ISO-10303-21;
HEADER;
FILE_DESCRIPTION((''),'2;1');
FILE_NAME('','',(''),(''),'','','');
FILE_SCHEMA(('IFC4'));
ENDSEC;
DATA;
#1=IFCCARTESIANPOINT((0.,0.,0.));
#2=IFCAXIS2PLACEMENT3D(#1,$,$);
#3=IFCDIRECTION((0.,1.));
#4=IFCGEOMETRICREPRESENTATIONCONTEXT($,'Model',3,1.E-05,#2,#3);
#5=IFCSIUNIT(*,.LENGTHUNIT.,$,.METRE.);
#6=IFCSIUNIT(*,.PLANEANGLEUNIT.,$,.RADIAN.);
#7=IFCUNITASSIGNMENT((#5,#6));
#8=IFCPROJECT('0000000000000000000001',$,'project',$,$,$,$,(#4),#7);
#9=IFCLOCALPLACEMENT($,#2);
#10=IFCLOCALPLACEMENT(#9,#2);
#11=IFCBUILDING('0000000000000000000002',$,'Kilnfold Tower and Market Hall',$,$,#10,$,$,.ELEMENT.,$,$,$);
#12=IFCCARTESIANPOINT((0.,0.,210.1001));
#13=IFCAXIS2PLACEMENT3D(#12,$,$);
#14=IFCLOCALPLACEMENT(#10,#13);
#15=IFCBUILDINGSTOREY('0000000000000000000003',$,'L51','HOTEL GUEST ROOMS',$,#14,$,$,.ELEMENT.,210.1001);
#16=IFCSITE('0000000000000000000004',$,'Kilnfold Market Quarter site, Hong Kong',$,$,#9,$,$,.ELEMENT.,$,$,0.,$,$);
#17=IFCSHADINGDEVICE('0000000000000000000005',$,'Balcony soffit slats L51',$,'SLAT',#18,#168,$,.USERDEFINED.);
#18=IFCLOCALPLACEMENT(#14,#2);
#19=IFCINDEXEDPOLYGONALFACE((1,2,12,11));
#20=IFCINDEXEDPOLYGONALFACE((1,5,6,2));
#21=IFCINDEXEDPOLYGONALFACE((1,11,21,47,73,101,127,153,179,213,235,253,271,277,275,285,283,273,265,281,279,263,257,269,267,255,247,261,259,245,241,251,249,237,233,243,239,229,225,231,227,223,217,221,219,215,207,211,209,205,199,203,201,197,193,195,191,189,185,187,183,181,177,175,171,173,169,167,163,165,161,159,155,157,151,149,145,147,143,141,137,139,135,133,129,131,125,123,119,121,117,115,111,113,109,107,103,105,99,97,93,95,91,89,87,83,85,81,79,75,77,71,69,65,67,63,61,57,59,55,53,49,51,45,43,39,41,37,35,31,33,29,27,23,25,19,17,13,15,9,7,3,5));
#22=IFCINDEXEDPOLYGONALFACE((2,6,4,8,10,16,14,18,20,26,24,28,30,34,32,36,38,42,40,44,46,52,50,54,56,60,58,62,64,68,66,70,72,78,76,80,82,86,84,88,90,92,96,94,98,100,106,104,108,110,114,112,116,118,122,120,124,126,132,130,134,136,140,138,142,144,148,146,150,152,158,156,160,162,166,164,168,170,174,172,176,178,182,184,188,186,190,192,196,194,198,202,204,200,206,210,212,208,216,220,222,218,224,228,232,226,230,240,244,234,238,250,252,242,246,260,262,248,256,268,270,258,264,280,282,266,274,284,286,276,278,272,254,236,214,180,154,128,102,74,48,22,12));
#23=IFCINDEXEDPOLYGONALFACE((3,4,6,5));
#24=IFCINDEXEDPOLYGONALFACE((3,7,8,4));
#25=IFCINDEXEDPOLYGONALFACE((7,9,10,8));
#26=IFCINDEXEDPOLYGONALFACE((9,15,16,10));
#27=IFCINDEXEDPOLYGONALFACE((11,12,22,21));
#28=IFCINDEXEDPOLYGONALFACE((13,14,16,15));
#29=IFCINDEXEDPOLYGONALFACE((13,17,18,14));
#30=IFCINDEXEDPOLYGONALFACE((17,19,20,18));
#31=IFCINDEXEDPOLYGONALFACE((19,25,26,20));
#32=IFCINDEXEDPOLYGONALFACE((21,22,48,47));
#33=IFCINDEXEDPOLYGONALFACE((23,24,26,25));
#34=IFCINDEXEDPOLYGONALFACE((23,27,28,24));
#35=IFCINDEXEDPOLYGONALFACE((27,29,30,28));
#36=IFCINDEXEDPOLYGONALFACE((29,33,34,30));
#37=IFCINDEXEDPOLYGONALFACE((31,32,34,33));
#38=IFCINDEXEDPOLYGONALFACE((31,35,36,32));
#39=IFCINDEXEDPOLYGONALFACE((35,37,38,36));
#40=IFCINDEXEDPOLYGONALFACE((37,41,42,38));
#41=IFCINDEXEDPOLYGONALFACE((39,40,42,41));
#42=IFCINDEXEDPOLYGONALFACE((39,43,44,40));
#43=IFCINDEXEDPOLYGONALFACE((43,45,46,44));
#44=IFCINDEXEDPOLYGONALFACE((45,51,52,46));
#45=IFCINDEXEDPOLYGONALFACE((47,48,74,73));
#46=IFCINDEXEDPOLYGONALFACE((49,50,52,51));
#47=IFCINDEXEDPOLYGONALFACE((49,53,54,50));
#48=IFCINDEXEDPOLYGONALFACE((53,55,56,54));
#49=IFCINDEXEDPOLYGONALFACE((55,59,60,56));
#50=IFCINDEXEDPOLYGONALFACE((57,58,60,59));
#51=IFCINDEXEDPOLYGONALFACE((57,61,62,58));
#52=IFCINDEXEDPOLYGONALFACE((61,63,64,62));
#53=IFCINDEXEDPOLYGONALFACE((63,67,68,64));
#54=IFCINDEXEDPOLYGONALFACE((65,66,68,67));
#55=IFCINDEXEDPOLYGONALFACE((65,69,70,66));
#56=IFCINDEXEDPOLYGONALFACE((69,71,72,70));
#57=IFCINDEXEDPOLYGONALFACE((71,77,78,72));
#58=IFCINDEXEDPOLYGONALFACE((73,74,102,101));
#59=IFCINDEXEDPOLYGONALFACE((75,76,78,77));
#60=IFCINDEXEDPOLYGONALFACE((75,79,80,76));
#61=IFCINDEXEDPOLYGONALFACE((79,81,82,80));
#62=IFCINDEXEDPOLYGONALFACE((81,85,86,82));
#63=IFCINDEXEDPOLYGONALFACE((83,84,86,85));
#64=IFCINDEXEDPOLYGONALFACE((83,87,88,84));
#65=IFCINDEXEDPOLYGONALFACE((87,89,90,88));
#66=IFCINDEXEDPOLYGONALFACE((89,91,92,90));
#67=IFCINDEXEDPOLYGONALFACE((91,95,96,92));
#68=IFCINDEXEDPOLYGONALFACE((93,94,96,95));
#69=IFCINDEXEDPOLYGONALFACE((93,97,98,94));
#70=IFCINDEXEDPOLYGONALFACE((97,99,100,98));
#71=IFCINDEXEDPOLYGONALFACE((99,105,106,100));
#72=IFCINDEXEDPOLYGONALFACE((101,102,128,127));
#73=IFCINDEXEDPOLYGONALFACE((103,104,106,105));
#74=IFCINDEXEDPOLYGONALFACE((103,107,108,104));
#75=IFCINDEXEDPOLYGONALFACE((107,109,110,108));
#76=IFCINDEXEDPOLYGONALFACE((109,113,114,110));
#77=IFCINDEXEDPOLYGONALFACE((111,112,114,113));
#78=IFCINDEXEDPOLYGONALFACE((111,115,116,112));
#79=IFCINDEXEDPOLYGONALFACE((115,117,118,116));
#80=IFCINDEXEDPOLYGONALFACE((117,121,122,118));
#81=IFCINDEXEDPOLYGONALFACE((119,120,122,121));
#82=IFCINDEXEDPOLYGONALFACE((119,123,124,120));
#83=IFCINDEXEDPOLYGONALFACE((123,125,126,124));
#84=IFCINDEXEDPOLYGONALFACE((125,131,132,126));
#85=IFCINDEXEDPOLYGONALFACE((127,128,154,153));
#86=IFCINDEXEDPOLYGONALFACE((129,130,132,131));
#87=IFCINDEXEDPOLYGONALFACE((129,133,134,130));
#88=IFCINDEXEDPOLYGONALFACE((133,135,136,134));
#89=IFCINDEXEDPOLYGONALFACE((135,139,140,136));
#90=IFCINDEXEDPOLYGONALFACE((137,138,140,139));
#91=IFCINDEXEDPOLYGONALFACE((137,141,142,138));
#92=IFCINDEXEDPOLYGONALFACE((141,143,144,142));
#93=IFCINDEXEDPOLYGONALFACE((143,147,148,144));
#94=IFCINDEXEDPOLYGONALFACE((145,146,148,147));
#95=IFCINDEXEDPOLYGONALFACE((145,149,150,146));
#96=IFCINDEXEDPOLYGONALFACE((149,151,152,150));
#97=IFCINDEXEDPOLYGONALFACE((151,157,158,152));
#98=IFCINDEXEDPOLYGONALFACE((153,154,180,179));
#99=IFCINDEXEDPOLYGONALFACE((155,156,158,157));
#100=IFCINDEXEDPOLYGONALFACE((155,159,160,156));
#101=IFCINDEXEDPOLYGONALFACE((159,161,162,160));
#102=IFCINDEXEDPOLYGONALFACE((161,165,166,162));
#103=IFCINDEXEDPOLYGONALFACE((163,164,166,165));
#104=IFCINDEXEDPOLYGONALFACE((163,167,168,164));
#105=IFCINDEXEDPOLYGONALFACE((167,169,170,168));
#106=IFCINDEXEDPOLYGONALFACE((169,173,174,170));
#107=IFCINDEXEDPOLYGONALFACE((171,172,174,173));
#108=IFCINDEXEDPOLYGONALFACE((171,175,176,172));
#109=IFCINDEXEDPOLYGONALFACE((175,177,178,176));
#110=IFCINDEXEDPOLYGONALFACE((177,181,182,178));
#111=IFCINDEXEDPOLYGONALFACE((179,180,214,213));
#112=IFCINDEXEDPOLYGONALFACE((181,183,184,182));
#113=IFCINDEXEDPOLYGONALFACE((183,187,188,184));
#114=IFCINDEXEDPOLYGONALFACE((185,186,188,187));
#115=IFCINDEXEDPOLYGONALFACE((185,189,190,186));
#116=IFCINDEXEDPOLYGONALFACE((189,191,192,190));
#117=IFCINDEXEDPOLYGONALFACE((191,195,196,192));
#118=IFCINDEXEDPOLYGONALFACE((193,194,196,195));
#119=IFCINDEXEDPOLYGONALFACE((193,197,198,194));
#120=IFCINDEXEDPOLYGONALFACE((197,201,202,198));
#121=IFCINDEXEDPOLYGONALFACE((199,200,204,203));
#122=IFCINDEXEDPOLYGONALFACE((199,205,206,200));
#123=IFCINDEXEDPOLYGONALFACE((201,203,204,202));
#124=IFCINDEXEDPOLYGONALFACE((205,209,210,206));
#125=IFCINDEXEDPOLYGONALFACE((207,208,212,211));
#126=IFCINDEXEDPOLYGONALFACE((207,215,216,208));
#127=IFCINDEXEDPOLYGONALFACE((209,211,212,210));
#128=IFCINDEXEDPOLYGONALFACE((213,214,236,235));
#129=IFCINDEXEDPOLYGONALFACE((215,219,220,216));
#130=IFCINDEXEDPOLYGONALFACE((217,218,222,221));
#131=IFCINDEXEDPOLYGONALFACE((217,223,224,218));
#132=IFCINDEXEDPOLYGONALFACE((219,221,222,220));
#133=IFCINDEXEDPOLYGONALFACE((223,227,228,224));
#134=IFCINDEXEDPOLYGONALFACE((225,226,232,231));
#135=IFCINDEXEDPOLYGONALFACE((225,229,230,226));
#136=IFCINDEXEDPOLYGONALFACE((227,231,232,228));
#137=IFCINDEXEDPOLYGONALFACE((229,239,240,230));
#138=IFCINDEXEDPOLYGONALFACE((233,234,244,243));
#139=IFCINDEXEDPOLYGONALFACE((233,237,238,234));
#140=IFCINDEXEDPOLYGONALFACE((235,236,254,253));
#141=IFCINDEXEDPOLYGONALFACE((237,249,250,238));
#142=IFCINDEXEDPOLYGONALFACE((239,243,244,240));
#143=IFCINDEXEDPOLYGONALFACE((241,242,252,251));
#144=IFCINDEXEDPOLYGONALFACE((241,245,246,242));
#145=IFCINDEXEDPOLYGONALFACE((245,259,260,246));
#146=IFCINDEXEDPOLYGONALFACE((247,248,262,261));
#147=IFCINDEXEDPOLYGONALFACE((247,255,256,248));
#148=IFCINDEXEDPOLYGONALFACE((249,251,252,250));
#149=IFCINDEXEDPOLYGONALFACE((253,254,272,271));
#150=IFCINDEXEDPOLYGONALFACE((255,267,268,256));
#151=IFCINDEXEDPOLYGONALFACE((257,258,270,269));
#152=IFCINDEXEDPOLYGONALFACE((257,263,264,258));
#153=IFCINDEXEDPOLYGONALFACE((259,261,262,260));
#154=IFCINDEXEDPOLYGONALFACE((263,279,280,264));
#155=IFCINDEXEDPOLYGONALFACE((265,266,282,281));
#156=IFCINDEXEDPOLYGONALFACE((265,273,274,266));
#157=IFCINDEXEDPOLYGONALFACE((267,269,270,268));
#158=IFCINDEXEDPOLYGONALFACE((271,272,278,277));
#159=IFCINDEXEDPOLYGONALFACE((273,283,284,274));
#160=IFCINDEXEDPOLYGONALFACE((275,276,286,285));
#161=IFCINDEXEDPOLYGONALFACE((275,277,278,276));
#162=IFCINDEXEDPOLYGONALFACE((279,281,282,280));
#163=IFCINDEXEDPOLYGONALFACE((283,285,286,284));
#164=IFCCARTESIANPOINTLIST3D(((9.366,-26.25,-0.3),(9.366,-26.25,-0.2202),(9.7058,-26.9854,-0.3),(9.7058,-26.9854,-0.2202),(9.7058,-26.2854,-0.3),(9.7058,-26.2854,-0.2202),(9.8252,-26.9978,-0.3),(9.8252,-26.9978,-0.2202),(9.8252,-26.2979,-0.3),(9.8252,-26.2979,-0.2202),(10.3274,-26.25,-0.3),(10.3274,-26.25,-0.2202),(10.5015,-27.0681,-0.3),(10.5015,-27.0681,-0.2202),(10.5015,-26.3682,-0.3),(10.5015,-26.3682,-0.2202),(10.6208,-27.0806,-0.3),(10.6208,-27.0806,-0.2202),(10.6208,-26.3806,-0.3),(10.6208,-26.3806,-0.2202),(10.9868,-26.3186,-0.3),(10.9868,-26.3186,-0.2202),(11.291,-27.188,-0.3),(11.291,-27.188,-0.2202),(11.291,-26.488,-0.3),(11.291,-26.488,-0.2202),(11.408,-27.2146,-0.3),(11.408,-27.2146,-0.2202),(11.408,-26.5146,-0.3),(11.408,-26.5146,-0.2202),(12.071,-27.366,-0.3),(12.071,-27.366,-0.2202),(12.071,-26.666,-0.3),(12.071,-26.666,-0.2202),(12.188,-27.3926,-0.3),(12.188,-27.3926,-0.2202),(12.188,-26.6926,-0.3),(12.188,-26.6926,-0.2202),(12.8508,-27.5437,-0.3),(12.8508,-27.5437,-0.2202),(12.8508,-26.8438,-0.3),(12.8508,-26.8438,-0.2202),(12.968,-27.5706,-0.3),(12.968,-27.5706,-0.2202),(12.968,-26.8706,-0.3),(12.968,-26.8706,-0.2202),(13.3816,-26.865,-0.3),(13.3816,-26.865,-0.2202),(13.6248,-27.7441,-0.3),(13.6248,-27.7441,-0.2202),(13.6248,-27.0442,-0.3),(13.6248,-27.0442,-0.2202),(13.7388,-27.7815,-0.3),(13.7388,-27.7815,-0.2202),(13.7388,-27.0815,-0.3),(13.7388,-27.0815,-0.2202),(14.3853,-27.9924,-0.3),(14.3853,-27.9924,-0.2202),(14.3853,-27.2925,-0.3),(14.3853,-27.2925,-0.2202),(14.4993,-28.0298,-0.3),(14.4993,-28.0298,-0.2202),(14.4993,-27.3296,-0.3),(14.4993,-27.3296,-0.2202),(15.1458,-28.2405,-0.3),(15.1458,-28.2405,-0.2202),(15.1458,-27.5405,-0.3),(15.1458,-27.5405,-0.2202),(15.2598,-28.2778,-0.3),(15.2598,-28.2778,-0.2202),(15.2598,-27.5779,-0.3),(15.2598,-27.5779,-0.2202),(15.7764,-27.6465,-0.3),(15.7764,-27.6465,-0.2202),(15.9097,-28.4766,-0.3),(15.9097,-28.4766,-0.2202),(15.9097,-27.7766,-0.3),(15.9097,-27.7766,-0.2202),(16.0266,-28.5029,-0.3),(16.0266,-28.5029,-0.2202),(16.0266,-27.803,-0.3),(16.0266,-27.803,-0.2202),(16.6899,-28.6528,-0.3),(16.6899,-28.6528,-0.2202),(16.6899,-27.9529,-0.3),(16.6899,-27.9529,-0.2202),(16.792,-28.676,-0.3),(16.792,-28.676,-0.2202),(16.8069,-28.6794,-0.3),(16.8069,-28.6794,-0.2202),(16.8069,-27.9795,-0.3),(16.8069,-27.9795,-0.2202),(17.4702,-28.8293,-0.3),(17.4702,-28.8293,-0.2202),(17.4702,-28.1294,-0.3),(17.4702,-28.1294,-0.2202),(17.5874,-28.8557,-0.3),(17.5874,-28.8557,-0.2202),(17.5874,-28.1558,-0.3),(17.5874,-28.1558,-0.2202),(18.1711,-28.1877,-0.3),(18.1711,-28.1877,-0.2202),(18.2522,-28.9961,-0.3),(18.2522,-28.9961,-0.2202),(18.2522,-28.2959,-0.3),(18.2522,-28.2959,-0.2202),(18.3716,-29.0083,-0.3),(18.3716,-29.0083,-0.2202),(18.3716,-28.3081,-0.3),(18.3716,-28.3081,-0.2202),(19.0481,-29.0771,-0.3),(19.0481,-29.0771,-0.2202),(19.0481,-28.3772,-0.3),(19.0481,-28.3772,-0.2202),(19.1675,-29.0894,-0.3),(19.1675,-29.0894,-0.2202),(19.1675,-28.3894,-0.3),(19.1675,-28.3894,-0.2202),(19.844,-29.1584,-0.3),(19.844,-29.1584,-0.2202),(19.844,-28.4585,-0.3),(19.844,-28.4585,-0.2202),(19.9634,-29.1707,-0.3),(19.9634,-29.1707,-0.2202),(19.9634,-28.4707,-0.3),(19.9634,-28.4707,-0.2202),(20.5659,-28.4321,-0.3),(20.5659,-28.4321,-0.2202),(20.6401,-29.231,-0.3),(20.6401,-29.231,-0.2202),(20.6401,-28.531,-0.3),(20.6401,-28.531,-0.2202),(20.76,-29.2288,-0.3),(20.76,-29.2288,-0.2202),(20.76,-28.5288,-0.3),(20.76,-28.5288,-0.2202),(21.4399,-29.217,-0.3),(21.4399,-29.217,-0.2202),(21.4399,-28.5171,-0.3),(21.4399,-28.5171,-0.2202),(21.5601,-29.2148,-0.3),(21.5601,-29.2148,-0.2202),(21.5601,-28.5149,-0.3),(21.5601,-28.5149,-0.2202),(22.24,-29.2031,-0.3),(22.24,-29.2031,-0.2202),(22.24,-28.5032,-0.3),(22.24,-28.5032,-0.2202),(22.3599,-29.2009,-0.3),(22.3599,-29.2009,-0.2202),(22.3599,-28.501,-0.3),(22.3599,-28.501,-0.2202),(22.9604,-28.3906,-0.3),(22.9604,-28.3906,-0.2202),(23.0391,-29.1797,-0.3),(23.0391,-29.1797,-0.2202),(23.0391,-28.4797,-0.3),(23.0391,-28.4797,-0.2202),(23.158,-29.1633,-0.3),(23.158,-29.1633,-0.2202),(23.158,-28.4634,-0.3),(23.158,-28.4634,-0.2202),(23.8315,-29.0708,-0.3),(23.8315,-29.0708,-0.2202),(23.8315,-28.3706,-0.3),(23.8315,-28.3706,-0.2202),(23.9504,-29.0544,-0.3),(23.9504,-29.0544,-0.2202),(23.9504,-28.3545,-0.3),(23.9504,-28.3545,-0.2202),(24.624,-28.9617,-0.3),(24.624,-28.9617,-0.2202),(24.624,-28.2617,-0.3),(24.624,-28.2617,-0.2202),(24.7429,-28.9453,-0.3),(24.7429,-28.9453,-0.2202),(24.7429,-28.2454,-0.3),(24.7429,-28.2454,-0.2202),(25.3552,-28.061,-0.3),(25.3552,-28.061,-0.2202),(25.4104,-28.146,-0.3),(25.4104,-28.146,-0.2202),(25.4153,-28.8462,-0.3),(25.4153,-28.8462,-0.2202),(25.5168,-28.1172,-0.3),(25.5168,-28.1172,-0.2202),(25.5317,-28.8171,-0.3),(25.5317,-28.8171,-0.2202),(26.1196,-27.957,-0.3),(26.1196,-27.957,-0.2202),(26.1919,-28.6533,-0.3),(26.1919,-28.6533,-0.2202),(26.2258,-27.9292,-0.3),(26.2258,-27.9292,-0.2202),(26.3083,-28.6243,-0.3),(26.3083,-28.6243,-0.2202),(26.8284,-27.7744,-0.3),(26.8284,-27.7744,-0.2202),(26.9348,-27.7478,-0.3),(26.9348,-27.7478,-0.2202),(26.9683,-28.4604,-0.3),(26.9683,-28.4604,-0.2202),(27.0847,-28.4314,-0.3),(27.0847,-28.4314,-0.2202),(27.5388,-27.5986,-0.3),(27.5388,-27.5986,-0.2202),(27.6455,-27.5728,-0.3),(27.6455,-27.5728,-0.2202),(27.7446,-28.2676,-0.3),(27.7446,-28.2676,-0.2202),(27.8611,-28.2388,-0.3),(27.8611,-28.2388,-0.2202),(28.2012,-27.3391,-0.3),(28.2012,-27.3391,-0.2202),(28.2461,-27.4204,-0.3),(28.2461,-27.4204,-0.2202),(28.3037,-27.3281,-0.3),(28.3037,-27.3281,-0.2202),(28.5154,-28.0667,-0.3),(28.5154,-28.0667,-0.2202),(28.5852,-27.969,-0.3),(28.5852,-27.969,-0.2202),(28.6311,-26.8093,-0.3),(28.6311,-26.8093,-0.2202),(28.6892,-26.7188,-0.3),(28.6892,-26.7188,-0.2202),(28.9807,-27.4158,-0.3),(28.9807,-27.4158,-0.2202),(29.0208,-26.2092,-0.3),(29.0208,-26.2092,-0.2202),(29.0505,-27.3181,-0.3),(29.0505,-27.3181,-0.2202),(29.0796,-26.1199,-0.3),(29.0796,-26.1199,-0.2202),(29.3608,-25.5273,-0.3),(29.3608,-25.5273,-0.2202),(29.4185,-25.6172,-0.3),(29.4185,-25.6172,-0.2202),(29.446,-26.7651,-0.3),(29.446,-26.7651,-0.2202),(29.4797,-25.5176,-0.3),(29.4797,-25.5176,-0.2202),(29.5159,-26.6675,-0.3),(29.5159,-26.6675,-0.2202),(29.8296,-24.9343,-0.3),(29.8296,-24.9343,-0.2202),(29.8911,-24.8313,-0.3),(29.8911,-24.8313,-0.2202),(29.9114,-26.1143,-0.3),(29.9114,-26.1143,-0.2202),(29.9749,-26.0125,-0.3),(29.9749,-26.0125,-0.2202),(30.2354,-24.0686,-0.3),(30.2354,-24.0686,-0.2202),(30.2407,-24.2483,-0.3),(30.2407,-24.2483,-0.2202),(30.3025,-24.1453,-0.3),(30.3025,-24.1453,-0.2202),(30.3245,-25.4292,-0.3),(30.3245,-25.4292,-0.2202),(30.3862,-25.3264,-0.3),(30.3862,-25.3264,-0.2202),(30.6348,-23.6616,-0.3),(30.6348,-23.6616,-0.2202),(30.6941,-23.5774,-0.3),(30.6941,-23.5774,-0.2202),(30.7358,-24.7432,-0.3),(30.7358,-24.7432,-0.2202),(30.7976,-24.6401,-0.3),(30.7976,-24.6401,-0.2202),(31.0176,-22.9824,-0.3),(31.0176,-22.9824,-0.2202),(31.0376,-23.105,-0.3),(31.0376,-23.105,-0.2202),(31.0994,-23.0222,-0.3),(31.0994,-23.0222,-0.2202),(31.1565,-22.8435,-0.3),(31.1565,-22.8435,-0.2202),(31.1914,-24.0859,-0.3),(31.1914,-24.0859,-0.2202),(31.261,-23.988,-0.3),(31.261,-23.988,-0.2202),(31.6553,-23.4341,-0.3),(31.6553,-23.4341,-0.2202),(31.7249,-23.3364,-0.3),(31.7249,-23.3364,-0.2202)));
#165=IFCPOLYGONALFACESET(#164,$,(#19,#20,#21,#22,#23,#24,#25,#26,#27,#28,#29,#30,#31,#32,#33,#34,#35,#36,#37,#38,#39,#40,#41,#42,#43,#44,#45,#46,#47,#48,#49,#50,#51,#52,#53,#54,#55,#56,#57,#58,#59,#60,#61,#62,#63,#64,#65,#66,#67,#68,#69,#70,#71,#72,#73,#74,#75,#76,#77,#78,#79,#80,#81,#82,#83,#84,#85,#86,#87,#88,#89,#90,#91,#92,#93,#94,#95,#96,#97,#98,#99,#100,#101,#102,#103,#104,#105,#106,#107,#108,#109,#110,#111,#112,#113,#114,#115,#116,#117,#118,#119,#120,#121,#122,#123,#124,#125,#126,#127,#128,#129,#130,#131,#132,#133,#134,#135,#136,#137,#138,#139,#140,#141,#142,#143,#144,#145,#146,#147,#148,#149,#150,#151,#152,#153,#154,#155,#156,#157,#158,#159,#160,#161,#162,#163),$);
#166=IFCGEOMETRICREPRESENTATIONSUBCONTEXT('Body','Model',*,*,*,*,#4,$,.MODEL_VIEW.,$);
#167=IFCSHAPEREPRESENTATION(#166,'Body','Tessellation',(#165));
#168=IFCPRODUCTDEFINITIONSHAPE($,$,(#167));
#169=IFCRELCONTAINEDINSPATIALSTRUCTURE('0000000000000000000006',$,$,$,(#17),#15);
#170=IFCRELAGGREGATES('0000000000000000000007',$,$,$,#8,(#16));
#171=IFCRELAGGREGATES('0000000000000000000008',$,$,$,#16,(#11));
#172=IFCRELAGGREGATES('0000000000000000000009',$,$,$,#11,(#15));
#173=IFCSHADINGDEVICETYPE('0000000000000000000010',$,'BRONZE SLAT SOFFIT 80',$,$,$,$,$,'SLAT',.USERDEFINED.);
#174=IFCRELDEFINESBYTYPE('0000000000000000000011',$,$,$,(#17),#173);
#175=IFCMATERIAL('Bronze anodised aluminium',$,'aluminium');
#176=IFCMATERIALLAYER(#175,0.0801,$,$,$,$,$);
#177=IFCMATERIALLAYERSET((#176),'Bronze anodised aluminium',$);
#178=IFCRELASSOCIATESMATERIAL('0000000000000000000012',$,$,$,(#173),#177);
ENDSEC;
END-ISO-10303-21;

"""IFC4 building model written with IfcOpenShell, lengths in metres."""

from ifc_helpers import new_model, si_unit, direction, frame, origin, place, context, subcontext, project, spatial, polyline, outline, extrude, source, transform, mapped, material, layer, layer_set, type_object, element, save


model = new_model("IFC4")

# Units and contexts
model_context = context("Model", 3, precision=1e-05, world=origin(), true_north=direction((0.0, 1.0)))
body_context = subcontext(model_context, "Body", "Model", "MODEL_VIEW")
ifc_project = project(units=[si_unit("LENGTHUNIT", "METRE"), si_unit("PLANEANGLEUNIT", "RADIAN")], contexts=[model_context])

# Site, building, storey
site_placement = place(None, origin())
site = spatial("IfcSite", under=ifc_project, at=site_placement, Name="Kilnfold Market Quarter site, Hong Kong", CompositionType="ELEMENT", RefElevation=0.0)
building_placement = place(site_placement, origin())
building = spatial("IfcBuilding", under=site, at=building_placement, Name="Kilnfold Tower and Market Hall", CompositionType="ELEMENT")
storey_placement = place(building_placement, frame((0.0, 0.0, 210.1001)))
storey = spatial("IfcBuildingStorey", under=building, at=storey_placement, Name="L51", Description="HOTEL GUEST ROOMS", CompositionType="ELEMENT", Elevation=210.1001)

# Shading device
ifc_material_1 = material(Name="Bronze anodised aluminium", Category="aluminium")
ifc_layer_1 = layer(ifc_material_1, 0.0801)
ifc_layer_set_1 = layer_set([ifc_layer_1], Name="Bronze anodised aluminium")
shading_device_type_1 = type_object("IfcShadingDeviceType", Name="BRONZE SLAT SOFFIT 80", ElementType="SLAT", PredefinedType="USERDEFINED", material=ifc_layer_set_1)
shared_shape_1 = source(origin(), body_context, "Body", "SweptSolid", [
    extrude(outline(polyline([(10.9868, -26.3186), (13.3816, -26.865), (15.7764, -27.6465), (18.1711, -28.1877), (20.5659, -28.4321), (22.9604, -28.3906), (25.3552, -28.061), (28.2012, -27.3391), (29.3608, -25.5273), (30.2354, -24.0686), (31.0176, -22.9824), (31.1565, -22.8435), (31.0994, -23.0222), (31.7249, -23.3364), (31.6553, -23.4341), (31.0376, -23.105), (30.6941, -23.5774), (31.261, -23.988), (31.1914, -24.0859), (30.6348, -23.6616), (30.3025, -24.1453), (30.7976, -24.6401), (30.7358, -24.7432), (30.2407, -24.2483), (29.8911, -24.8313), (30.3862, -25.3264), (30.3245, -25.4292), (29.8296, -24.9343), (29.4797, -25.5176), (29.9749, -26.0125), (29.9114, -26.1143), (29.4185, -25.6172), (29.0796, -26.1199), (29.5159, -26.6675), (29.446, -26.7651), (29.0208, -26.2092), (28.6892, -26.7188), (29.0505, -27.3181), (28.9807, -27.4158), (28.6311, -26.8093), (28.3037, -27.3281), (28.5852, -27.969), (28.5154, -28.0667), (28.2461, -27.4204), (27.6455, -27.5728), (27.8611, -28.2388), (27.7446, -28.2676), (27.5388, -27.5986), (26.9348, -27.7478), (27.0847, -28.4314), (26.9683, -28.4604), (26.8284, -27.7744), (26.2258, -27.9292), (26.3083, -28.6243), (26.1919, -28.6533), (26.1196, -27.957), (25.5168, -28.1172), (25.5317, -28.8171), (25.4153, -28.8462), (25.4104, -28.146), (24.7429, -28.2454), (24.7429, -28.9453), (24.624, -28.9617), (24.624, -28.2617), (23.9504, -28.3545), (23.9504, -29.0544), (23.8315, -29.0708), (23.8315, -28.3706), (23.158, -28.4634), (23.158, -29.1633), (23.0391, -29.1797), (23.0391, -28.4797), (22.3599, -28.501), (22.3599, -29.2009), (22.24, -29.2031), (22.24, -28.5032), (21.5601, -28.5149), (21.5601, -29.2148), (21.4399, -29.217), (21.4399, -28.5171), (20.76, -28.5288), (20.76, -29.2288), (20.6401, -29.231), (20.6401, -28.531), (19.9634, -28.4707), (19.9634, -29.1707), (19.844, -29.1584), (19.844, -28.4585), (19.1675, -28.3894), (19.1675, -29.0894), (19.0481, -29.0771), (19.0481, -28.3772), (18.3716, -28.3081), (18.3716, -29.0083), (18.2522, -28.9961), (18.2522, -28.2959), (17.5874, -28.1558), (17.5874, -28.8557), (17.4702, -28.8293), (17.4702, -28.1294), (16.8069, -27.9795), (16.8069, -28.6794), (16.792, -28.676), (16.6899, -28.6528), (16.6899, -27.9529), (16.0266, -27.803), (16.0266, -28.5029), (15.9097, -28.4766), (15.9097, -27.7766), (15.2598, -27.5779), (15.2598, -28.2778), (15.1458, -28.2405), (15.1458, -27.5405), (14.4993, -27.3296), (14.4993, -28.0298), (14.3853, -27.9924), (14.3853, -27.2925), (13.7388, -27.0815), (13.7388, -27.7815), (13.6248, -27.7441), (13.6248, -27.0442), (12.968, -26.8706), (12.968, -27.5706), (12.8508, -27.5437), (12.8508, -26.8438), (12.188, -26.6926), (12.188, -27.3926), (12.071, -27.366), (12.071, -26.666), (11.408, -26.5146), (11.408, -27.2146), (11.291, -27.188), (11.291, -26.488), (10.6208, -26.3806), (10.6208, -27.0806), (10.5015, -27.0681), (10.5015, -26.3682), (9.8252, -26.2979), (9.8252, -26.9978), (9.7058, -26.9854), (9.7058, -26.2854), (9.366, -26.25), (10.3274, -26.25), (10.9868, -26.3186)])), origin(), (0.0, 0.0, 1.0), 0.0798),
])
shading_device_1_placement = place(storey_placement, frame((0.0, 0.0, -0.3)))
element("IfcShadingDevice", 1, at=shading_device_1_placement, inside=storey, type_object=shading_device_type_1, Name="Balcony soffit slats L51", ObjectType="SLAT", PredefinedType="USERDEFINED", context=body_context, shape_type="MappedRepresentation", body=[
    mapped(shared_shape_1, transform((0.0, 0.0, 0.0))),
])

save(model, "model.ifc")
